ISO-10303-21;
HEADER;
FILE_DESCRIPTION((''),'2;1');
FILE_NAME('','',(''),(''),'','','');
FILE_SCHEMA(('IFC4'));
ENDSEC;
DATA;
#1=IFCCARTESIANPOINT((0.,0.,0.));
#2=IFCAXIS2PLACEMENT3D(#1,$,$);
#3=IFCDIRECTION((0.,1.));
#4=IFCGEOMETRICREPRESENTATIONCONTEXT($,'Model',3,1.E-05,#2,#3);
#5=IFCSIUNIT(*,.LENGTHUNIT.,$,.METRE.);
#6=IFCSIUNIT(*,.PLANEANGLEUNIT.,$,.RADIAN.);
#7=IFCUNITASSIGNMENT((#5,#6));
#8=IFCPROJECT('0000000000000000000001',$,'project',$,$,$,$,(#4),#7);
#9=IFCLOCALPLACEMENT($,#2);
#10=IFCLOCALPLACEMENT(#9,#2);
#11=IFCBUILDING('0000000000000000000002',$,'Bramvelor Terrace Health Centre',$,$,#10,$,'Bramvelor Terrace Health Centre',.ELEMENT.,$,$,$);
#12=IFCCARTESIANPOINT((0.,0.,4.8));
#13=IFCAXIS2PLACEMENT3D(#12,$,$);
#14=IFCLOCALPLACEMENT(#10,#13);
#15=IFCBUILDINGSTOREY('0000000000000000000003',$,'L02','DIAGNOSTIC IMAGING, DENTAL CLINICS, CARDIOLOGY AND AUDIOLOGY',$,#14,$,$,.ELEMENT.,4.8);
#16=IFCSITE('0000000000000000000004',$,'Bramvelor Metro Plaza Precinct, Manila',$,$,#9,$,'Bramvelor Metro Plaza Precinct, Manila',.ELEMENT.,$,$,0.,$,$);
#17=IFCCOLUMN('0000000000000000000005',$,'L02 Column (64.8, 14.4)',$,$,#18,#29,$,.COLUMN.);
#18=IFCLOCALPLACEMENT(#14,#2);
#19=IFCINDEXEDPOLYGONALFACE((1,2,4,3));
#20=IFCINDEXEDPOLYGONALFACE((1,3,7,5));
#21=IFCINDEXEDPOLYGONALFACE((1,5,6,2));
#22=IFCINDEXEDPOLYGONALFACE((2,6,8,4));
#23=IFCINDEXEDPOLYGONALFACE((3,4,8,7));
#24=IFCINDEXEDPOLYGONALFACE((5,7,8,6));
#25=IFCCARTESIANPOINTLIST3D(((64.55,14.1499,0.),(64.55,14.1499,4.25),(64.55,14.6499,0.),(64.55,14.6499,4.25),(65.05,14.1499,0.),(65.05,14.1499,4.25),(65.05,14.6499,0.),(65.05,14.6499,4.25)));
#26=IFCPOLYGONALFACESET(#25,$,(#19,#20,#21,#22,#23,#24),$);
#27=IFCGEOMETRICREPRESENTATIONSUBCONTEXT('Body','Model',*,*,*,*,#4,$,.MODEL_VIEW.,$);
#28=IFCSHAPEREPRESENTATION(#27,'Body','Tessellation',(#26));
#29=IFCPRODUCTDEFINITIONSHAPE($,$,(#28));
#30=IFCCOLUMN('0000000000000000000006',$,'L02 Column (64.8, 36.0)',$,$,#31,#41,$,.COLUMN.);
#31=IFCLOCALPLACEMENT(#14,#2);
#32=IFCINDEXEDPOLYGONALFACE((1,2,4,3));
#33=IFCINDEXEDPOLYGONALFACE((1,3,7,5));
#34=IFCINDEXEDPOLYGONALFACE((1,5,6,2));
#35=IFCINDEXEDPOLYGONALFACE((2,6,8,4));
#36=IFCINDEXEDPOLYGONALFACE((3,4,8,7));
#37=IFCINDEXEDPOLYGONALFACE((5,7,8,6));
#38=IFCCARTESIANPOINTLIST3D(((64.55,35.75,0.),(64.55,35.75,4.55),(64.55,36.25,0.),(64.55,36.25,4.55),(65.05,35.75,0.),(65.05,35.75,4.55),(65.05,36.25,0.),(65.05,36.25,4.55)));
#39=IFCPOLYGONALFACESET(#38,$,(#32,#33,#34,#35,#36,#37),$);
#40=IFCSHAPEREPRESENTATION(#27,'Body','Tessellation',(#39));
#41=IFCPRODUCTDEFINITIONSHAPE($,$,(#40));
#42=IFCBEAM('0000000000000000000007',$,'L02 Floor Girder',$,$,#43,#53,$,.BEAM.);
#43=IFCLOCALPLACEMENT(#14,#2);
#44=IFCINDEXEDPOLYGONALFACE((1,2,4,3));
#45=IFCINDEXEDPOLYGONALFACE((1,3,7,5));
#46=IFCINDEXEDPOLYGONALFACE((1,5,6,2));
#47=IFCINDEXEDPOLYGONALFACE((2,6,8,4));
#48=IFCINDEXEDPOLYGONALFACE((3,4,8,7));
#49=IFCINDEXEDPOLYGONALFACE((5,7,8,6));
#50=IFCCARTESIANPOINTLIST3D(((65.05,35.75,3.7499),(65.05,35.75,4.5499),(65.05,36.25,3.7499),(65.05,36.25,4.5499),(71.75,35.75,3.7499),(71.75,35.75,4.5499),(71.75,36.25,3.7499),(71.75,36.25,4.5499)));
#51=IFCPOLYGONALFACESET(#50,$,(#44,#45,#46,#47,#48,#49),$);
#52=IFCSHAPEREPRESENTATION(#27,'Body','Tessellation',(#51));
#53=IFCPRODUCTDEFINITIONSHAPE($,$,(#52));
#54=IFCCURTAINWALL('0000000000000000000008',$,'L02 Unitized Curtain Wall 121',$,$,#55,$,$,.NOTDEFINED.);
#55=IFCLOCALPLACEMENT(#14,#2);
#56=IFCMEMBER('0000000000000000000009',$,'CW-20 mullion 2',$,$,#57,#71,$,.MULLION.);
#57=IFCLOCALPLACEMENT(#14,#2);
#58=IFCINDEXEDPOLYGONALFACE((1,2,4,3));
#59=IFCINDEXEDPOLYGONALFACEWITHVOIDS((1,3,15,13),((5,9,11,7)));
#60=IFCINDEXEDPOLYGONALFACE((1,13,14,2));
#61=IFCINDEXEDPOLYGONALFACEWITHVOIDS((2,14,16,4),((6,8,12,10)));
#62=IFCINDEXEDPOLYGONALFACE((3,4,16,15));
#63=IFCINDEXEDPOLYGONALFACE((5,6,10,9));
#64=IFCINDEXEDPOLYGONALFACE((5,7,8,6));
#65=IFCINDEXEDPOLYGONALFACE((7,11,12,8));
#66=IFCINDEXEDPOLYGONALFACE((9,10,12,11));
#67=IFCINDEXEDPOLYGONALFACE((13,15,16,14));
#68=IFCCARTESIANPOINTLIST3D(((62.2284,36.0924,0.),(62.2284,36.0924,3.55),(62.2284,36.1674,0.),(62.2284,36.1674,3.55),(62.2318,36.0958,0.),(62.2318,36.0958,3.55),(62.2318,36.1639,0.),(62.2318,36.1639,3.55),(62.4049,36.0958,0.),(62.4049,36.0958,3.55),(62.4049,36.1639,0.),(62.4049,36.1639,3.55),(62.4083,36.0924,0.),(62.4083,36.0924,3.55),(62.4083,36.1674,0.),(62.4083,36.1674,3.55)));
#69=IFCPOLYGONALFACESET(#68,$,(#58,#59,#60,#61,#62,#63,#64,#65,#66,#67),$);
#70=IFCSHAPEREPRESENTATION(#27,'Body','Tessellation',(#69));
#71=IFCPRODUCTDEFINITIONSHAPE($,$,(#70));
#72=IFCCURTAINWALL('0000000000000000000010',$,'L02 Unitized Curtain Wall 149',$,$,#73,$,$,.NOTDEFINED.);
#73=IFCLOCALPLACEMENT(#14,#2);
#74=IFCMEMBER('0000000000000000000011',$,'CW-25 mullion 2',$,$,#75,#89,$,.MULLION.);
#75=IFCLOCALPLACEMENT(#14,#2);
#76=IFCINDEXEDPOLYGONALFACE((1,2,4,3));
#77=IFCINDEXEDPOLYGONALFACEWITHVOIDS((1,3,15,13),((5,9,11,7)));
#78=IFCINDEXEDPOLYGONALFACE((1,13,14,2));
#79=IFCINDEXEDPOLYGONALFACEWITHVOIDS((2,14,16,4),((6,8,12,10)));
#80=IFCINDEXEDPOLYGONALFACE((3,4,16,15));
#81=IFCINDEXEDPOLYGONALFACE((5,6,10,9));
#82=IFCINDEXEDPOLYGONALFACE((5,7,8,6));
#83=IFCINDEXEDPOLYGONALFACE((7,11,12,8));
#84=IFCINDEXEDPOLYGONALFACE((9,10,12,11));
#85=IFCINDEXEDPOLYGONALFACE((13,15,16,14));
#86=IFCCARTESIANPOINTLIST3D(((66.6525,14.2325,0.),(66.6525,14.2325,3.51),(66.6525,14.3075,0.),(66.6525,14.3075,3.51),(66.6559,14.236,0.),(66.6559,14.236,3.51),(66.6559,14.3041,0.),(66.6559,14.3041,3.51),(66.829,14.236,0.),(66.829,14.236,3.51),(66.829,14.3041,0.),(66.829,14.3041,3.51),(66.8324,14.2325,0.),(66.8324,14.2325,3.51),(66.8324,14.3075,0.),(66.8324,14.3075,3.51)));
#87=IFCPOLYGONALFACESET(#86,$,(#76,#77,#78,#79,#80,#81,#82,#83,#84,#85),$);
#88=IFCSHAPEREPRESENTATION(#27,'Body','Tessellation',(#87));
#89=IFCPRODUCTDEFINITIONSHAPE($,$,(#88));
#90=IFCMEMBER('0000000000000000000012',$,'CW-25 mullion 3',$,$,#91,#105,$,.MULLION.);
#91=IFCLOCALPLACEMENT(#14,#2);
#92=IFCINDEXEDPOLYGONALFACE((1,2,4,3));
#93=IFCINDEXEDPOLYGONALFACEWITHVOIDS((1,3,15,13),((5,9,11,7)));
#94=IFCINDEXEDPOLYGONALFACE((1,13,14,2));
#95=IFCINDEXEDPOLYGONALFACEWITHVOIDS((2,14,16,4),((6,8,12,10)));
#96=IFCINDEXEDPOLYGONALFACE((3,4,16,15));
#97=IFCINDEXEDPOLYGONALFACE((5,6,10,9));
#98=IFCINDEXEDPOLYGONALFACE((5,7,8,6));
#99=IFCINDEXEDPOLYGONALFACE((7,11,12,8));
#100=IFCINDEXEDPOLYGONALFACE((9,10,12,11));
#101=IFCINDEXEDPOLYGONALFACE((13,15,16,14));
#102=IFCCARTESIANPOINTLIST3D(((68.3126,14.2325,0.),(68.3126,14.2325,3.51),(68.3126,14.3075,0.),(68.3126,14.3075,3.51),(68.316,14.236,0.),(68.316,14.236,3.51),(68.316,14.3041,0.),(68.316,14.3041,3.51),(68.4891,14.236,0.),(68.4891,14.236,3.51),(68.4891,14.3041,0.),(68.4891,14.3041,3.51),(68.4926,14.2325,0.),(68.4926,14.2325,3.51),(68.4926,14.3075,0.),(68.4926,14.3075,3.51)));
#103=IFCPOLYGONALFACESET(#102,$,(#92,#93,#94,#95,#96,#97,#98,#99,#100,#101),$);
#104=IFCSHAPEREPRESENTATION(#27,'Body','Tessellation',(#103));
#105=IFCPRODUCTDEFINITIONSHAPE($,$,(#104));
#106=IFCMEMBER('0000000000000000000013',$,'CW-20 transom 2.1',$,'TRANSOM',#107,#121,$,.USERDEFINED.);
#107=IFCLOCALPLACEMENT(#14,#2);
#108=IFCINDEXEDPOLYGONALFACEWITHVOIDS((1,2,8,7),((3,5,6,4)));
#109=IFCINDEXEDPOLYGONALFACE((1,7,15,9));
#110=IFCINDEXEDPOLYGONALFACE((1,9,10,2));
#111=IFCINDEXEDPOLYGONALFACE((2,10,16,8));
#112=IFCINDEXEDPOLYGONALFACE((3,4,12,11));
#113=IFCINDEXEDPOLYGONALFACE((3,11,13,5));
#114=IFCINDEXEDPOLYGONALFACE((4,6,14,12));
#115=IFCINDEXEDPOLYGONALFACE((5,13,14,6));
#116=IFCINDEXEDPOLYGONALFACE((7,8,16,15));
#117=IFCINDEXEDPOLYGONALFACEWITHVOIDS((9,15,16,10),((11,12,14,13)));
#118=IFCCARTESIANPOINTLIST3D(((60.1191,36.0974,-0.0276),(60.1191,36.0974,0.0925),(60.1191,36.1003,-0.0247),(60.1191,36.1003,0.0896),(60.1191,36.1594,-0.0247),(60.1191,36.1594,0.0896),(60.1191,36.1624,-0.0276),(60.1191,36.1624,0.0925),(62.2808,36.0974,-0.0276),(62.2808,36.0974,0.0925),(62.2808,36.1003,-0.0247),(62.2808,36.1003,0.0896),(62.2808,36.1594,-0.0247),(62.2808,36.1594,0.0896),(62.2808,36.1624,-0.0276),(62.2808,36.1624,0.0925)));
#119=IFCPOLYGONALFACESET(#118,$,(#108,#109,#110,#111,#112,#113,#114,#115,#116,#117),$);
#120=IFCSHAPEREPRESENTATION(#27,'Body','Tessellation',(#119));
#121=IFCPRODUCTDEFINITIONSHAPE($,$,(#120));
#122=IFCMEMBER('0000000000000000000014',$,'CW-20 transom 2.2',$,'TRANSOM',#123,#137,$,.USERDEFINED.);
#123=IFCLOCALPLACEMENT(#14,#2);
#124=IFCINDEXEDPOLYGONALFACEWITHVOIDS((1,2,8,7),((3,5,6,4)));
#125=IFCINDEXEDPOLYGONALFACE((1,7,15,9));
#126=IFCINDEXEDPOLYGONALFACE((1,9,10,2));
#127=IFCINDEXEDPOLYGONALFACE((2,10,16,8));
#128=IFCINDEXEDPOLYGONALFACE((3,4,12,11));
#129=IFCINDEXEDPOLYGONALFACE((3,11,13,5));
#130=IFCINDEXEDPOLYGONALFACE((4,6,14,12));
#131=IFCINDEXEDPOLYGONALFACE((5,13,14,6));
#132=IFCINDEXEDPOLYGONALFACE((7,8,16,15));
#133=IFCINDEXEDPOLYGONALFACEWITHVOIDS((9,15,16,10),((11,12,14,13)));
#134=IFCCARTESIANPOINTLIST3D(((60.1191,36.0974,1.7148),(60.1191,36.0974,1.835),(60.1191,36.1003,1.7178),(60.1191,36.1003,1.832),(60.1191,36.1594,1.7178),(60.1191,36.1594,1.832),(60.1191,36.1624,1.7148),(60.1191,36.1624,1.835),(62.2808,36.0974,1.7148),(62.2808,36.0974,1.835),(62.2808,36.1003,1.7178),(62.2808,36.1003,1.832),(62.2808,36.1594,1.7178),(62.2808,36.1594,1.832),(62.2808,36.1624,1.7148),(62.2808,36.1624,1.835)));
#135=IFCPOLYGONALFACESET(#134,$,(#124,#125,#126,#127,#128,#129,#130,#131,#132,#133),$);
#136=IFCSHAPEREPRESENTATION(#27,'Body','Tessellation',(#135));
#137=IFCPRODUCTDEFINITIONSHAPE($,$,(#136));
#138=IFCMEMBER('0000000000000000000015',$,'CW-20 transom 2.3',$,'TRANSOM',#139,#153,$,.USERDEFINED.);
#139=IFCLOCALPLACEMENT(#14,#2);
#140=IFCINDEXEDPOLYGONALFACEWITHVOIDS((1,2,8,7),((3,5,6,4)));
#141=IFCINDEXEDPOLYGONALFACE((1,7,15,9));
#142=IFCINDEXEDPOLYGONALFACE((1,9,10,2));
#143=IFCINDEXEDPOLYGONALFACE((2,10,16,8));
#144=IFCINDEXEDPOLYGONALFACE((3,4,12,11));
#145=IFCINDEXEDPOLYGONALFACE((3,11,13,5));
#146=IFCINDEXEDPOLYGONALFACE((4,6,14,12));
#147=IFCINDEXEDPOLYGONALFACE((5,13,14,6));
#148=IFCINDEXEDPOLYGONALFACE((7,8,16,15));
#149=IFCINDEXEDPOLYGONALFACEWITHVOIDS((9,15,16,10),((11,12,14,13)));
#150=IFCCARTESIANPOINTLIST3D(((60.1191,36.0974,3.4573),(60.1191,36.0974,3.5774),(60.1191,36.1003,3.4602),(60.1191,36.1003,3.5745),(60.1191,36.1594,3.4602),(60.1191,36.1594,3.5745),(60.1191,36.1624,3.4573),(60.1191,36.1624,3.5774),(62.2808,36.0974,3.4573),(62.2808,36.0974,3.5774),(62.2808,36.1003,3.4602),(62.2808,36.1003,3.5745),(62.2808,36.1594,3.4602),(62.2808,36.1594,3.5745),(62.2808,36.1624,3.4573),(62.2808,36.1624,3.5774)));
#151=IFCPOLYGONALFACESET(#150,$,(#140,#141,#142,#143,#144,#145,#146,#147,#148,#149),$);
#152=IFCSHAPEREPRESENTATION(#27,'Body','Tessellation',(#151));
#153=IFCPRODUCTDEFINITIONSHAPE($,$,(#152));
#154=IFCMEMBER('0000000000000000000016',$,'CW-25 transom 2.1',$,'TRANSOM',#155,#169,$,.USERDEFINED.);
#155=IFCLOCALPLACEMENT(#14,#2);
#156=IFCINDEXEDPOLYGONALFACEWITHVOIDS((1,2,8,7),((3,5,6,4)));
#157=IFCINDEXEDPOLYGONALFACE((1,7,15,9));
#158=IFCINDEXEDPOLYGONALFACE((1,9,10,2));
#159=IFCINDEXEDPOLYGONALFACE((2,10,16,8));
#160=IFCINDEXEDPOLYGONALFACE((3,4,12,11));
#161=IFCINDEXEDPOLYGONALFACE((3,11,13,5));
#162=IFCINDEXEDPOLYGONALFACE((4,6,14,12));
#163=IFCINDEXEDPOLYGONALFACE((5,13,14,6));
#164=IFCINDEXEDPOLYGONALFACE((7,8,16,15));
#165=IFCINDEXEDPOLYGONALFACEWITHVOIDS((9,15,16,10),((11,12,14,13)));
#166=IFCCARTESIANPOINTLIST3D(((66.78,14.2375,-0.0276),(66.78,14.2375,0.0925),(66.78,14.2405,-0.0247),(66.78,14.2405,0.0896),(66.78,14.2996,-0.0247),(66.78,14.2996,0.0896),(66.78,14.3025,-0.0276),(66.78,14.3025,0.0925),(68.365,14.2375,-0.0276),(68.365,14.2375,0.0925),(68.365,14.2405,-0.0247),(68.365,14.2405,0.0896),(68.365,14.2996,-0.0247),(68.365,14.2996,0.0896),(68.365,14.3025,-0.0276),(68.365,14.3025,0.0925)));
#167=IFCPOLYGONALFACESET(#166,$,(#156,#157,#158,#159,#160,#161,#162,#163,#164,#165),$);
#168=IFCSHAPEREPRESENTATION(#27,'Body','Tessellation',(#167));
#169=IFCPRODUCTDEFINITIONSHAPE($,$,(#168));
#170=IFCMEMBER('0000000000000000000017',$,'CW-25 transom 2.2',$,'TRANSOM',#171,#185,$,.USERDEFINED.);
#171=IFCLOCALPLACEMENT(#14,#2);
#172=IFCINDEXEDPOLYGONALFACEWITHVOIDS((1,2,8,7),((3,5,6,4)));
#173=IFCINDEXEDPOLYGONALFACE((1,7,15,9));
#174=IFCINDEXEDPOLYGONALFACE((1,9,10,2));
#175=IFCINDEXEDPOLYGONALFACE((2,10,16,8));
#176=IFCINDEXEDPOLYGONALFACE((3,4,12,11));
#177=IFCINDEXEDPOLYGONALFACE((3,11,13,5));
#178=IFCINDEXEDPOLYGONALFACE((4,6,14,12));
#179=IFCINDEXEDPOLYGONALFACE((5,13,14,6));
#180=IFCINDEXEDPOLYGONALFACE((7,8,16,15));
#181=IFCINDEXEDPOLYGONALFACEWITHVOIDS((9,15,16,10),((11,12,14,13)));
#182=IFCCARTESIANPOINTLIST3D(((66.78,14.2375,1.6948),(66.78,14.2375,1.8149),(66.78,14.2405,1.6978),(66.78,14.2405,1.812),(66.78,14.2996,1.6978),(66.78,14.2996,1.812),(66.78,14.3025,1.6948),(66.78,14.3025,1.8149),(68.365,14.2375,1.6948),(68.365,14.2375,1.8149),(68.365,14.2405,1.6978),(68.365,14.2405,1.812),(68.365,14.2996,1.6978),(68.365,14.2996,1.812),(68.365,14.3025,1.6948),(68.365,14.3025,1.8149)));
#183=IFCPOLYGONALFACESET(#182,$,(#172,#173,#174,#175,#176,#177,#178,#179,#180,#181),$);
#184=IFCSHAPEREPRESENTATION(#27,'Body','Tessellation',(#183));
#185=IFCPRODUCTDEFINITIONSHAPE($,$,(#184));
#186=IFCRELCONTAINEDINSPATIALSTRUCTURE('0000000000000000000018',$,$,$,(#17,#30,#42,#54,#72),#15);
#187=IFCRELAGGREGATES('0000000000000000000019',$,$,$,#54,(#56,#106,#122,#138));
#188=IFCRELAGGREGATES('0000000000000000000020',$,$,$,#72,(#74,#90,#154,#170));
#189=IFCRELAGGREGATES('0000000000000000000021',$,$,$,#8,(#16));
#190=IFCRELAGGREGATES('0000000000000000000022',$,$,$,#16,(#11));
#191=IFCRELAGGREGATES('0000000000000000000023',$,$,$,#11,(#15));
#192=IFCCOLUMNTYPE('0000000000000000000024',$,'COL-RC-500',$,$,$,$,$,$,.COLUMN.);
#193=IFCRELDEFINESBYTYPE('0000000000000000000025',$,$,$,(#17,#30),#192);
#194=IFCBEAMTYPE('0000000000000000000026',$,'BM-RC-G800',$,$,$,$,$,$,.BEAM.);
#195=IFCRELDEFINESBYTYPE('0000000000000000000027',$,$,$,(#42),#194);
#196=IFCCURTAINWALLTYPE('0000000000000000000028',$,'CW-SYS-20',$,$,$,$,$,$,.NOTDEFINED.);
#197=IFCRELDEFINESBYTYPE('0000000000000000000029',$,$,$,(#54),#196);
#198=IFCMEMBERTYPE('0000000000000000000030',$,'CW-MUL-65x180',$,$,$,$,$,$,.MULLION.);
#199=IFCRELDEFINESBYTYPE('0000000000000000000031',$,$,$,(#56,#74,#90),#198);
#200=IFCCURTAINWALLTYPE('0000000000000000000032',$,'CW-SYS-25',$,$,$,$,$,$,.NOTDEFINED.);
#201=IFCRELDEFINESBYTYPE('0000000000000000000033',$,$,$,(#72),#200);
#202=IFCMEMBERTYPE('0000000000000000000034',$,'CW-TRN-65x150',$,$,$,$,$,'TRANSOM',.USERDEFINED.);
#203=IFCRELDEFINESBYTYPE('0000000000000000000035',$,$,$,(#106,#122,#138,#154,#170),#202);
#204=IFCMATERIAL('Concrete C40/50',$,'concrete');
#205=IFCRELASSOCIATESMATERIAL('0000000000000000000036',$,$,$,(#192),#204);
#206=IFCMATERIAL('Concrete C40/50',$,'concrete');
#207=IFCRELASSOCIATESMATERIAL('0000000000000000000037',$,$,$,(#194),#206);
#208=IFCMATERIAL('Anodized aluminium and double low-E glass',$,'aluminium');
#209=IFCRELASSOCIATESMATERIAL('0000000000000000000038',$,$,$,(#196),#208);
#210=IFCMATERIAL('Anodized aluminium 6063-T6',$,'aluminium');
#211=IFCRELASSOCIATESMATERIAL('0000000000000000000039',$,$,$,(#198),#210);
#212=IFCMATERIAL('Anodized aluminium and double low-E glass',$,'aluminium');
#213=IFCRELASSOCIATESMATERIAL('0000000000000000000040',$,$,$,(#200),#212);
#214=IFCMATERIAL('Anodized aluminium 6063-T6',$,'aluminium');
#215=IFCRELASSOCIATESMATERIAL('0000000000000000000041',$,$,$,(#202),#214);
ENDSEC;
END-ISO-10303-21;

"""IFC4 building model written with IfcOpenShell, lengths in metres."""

from ifc_helpers import new_model, si_unit, direction, frame, origin, origin_2d, place, context, subcontext, project, spatial, rectangle, hollow_rectangle, extrude, material, material_profile, profile_set, type_object, element, aggregate, save


model = new_model("IFC4")

# Units and contexts
model_context = context("Model", 3, precision=1e-05, world=origin(), true_north=direction((0.0, 1.0)))
body_context = subcontext(model_context, "Body", "Model", "MODEL_VIEW")
ifc_project = project(units=[si_unit("LENGTHUNIT", "METRE"), si_unit("PLANEANGLEUNIT", "RADIAN")], contexts=[model_context])

# Site, building, storey
site_placement = place(None, origin())
site = spatial("IfcSite", under=ifc_project, at=site_placement, Name="Bramvelor Metro Plaza Precinct, Manila", LongName="Bramvelor Metro Plaza Precinct, Manila", CompositionType="ELEMENT", RefElevation=0.0)
building_placement = place(site_placement, origin())
building = spatial("IfcBuilding", under=site, at=building_placement, Name="Bramvelor Terrace Health Centre", LongName="Bramvelor Terrace Health Centre", CompositionType="ELEMENT")
storey_placement = place(building_placement, frame((0.0, 0.0, 4.8)))
storey = spatial("IfcBuildingStorey", under=building, at=storey_placement, Name="L02", Description="DIAGNOSTIC IMAGING, DENTAL CLINICS, CARDIOLOGY AND AUDIOLOGY", CompositionType="ELEMENT", Elevation=4.8)

# Columns
ifc_material_1 = material(Name="Concrete C40/50", Category="concrete")
ifc_material_profile_1 = material_profile(ifc_material_1, rectangle(XDim=0.5, YDim=0.5, at=origin_2d()), Name="RC 500x500")
ifc_profile_set_1 = profile_set([ifc_material_profile_1], Name="Concrete C40/50")
column_type = type_object("IfcColumnType", Name="COL-RC-500", PredefinedType="COLUMN", material=ifc_profile_set_1)
column_1_placement = place(storey_placement, frame((64.8, 14.3999, 0.0), z_axis=(0.0, 0.0, 1.0), x_axis=(1.0, 0.0, 0.0)))
element("IfcColumn", 1, at=column_1_placement, inside=storey, type_object=column_type, Name="L02 Column (64.8, 14.4)", PredefinedType="COLUMN", context=body_context, shape_type="SweptSolid", body=[
    extrude(rectangle(XDim=0.5, YDim=0.5, at=origin_2d()), origin(), (0.0, 0.0, 1.0), 4.25),
])
column_2_placement = place(storey_placement, frame((64.8, 36.0, 0.0), z_axis=(0.0, 0.0, 1.0), x_axis=(1.0, 0.0, 0.0)))
element("IfcColumn", 2, at=column_2_placement, inside=storey, type_object=column_type, Name="L02 Column (64.8, 36.0)", PredefinedType="COLUMN", context=body_context, shape_type="SweptSolid", body=[
    extrude(rectangle(XDim=0.5, YDim=0.5, at=origin_2d()), origin(), (0.0, 0.0, 1.0), 4.55),
])

# Beam
ifc_material_2 = material(Name="Concrete C40/50", Category="concrete")
ifc_material_profile_2 = material_profile(ifc_material_2, rectangle(XDim=0.5, YDim=0.8, at=origin_2d()), Name="RC 500x800")
ifc_profile_set_2 = profile_set([ifc_material_profile_2], Name="Concrete C40/50")
beam_type = type_object("IfcBeamType", Name="BM-RC-G800", PredefinedType="BEAM", material=ifc_profile_set_2)
beam_placement = place(storey_placement, frame((65.05, 36.0, 4.1499), z_axis=(1.0, 0.0, 0.0), x_axis=(0.0, 1.0, 0.0)))
element("IfcBeam", 3, at=beam_placement, inside=storey, type_object=beam_type, Name="L02 Floor Girder", PredefinedType="BEAM", context=body_context, shape_type="SweptSolid", body=[
    extrude(rectangle(XDim=0.5, YDim=0.8, at=origin_2d()), origin(), (0.0, 0.0, 1.0), 6.7),
])

# Curtain wall, member
ifc_material_3 = material(Name="Anodized aluminium and double low-E glass", Category="aluminium")
curtain_wall_type_1 = type_object("IfcCurtainWallType", Name="CW-SYS-20", PredefinedType="NOTDEFINED", material=ifc_material_3)
curtain_wall_1_placement = place(storey_placement, origin())
curtain_wall_1 = element("IfcCurtainWall", 4, at=curtain_wall_1_placement, inside=storey, type_object=curtain_wall_type_1, Name="L02 Unitized Curtain Wall 121", PredefinedType="NOTDEFINED")
ifc_material_4 = material(Name="Anodized aluminium 6063-T6", Category="aluminium")
ifc_material_profile_3 = material_profile(ifc_material_4, hollow_rectangle(XDim=0.075, YDim=0.1799, WallThickness=0.0034, at=origin_2d()), Name="ALU-MUL 75x180x3.5")
ifc_profile_set_3 = profile_set([ifc_material_profile_3], Name="Anodized aluminium 6063-T6")
member_type_1 = type_object("IfcMemberType", Name="CW-MUL-65x180", PredefinedType="MULLION", material=ifc_profile_set_3)
member_1_placement = place(storey_placement, frame((62.3184, 36.1299, 0.0), z_axis=(0.0, 0.0, 1.0), x_axis=(0.0, -1.0, 0.0)))
member_1 = element("IfcMember", 5, at=member_1_placement, type_object=member_type_1, Name="CW-20 mullion 2", PredefinedType="MULLION", context=body_context, shape_type="SweptSolid", body=[
    extrude(hollow_rectangle(XDim=0.075, YDim=0.1799, WallThickness=0.0034, at=origin_2d()), origin(), (0.0, 0.0, 1.0), 3.55),
])

# Curtain wall, members
ifc_material_5 = material(Name="Anodized aluminium and double low-E glass", Category="aluminium")
curtain_wall_type_2 = type_object("IfcCurtainWallType", Name="CW-SYS-25", PredefinedType="NOTDEFINED", material=ifc_material_5)
curtain_wall_2_placement = place(storey_placement, origin())
curtain_wall_2 = element("IfcCurtainWall", 6, at=curtain_wall_2_placement, inside=storey, type_object=curtain_wall_type_2, Name="L02 Unitized Curtain Wall 149", PredefinedType="NOTDEFINED")
member_2_placement = place(storey_placement, frame((66.7424, 14.27, 0.0), z_axis=(0.0, 0.0, 1.0), x_axis=(0.0, 1.0, 0.0)))
member_2 = element("IfcMember", 7, at=member_2_placement, type_object=member_type_1, Name="CW-25 mullion 2", PredefinedType="MULLION", context=body_context, shape_type="SweptSolid", body=[
    extrude(hollow_rectangle(XDim=0.075, YDim=0.1799, WallThickness=0.0034, at=origin_2d()), origin(), (0.0, 0.0, 1.0), 3.51),
])
member_3_placement = place(storey_placement, frame((68.4026, 14.27, 0.0), z_axis=(0.0, 0.0, 1.0), x_axis=(0.0, 1.0, 0.0)))
member_3 = element("IfcMember", 8, at=member_3_placement, type_object=member_type_1, Name="CW-25 mullion 3", PredefinedType="MULLION", context=body_context, shape_type="SweptSolid", body=[
    extrude(hollow_rectangle(XDim=0.075, YDim=0.1799, WallThickness=0.0034, at=origin_2d()), origin(), (0.0, 0.0, 1.0), 3.51),
])

# Members
ifc_material_6 = material(Name="Anodized aluminium 6063-T6", Category="aluminium")
ifc_material_profile_4 = material_profile(ifc_material_6, hollow_rectangle(XDim=0.0649, YDim=0.1201, WallThickness=0.0029, at=origin_2d()), Name="ALU-TRN 65x120x3.0")
ifc_profile_set_4 = profile_set([ifc_material_profile_4], Name="Anodized aluminium 6063-T6")
member_type_2 = type_object("IfcMemberType", Name="CW-TRN-65x150", ElementType="TRANSOM", PredefinedType="USERDEFINED", material=ifc_profile_set_4)
member_4_placement = place(storey_placement, frame((62.2808, 36.1299, 0.0325), z_axis=(-1.0, 0.0, 0.0), x_axis=(0.0, -1.0, 0.0)))
member_4 = element("IfcMember", 9, at=member_4_placement, type_object=member_type_2, Name="CW-20 transom 2.1", ObjectType="TRANSOM", PredefinedType="USERDEFINED", context=body_context, shape_type="SweptSolid", body=[
    extrude(hollow_rectangle(XDim=0.0649, YDim=0.1201, WallThickness=0.0029, at=origin_2d()), origin(), (0.0, 0.0, 1.0), 2.1616),
])
member_5_placement = place(storey_placement, frame((62.2808, 36.1299, 1.7749), z_axis=(-1.0, 0.0, 0.0), x_axis=(0.0, -1.0, 0.0)))
member_5 = element("IfcMember", 10, at=member_5_placement, type_object=member_type_2, Name="CW-20 transom 2.2", ObjectType="TRANSOM", PredefinedType="USERDEFINED", context=body_context, shape_type="SweptSolid", body=[
    extrude(hollow_rectangle(XDim=0.0649, YDim=0.1201, WallThickness=0.0029, at=origin_2d()), origin(), (0.0, 0.0, 1.0), 2.1616),
])
member_6_placement = place(storey_placement, frame((62.2808, 36.1299, 3.5173), z_axis=(-1.0, 0.0, 0.0), x_axis=(0.0, -1.0, 0.0)))
member_6 = element("IfcMember", 11, at=member_6_placement, type_object=member_type_2, Name="CW-20 transom 2.3", ObjectType="TRANSOM", PredefinedType="USERDEFINED", context=body_context, shape_type="SweptSolid", body=[
    extrude(hollow_rectangle(XDim=0.0649, YDim=0.1201, WallThickness=0.0029, at=origin_2d()), origin(), (0.0, 0.0, 1.0), 2.1616),
])
member_7_placement = place(storey_placement, frame((66.78, 14.27, 0.0325), z_axis=(1.0, 0.0, 0.0), x_axis=(0.0, 1.0, 0.0)))
member_7 = element("IfcMember", 12, at=member_7_placement, type_object=member_type_2, Name="CW-25 transom 2.1", ObjectType="TRANSOM", PredefinedType="USERDEFINED", context=body_context, shape_type="SweptSolid", body=[
    extrude(hollow_rectangle(XDim=0.0649, YDim=0.1201, WallThickness=0.0029, at=origin_2d()), origin(), (0.0, 0.0, 1.0), 1.585),
])
member_8_placement = place(storey_placement, frame((66.78, 14.27, 1.7549), z_axis=(1.0, 0.0, 0.0), x_axis=(0.0, 1.0, 0.0)))
member_8 = element("IfcMember", 13, at=member_8_placement, type_object=member_type_2, Name="CW-25 transom 2.2", ObjectType="TRANSOM", PredefinedType="USERDEFINED", context=body_context, shape_type="SweptSolid", body=[
    extrude(hollow_rectangle(XDim=0.0649, YDim=0.1201, WallThickness=0.0029, at=origin_2d()), origin(), (0.0, 0.0, 1.0), 1.585),
])

aggregate(curtain_wall_1, [member_1, member_4, member_5, member_6])
aggregate(curtain_wall_2, [member_2, member_3, member_7, member_8])

save(model, "model.ifc")
